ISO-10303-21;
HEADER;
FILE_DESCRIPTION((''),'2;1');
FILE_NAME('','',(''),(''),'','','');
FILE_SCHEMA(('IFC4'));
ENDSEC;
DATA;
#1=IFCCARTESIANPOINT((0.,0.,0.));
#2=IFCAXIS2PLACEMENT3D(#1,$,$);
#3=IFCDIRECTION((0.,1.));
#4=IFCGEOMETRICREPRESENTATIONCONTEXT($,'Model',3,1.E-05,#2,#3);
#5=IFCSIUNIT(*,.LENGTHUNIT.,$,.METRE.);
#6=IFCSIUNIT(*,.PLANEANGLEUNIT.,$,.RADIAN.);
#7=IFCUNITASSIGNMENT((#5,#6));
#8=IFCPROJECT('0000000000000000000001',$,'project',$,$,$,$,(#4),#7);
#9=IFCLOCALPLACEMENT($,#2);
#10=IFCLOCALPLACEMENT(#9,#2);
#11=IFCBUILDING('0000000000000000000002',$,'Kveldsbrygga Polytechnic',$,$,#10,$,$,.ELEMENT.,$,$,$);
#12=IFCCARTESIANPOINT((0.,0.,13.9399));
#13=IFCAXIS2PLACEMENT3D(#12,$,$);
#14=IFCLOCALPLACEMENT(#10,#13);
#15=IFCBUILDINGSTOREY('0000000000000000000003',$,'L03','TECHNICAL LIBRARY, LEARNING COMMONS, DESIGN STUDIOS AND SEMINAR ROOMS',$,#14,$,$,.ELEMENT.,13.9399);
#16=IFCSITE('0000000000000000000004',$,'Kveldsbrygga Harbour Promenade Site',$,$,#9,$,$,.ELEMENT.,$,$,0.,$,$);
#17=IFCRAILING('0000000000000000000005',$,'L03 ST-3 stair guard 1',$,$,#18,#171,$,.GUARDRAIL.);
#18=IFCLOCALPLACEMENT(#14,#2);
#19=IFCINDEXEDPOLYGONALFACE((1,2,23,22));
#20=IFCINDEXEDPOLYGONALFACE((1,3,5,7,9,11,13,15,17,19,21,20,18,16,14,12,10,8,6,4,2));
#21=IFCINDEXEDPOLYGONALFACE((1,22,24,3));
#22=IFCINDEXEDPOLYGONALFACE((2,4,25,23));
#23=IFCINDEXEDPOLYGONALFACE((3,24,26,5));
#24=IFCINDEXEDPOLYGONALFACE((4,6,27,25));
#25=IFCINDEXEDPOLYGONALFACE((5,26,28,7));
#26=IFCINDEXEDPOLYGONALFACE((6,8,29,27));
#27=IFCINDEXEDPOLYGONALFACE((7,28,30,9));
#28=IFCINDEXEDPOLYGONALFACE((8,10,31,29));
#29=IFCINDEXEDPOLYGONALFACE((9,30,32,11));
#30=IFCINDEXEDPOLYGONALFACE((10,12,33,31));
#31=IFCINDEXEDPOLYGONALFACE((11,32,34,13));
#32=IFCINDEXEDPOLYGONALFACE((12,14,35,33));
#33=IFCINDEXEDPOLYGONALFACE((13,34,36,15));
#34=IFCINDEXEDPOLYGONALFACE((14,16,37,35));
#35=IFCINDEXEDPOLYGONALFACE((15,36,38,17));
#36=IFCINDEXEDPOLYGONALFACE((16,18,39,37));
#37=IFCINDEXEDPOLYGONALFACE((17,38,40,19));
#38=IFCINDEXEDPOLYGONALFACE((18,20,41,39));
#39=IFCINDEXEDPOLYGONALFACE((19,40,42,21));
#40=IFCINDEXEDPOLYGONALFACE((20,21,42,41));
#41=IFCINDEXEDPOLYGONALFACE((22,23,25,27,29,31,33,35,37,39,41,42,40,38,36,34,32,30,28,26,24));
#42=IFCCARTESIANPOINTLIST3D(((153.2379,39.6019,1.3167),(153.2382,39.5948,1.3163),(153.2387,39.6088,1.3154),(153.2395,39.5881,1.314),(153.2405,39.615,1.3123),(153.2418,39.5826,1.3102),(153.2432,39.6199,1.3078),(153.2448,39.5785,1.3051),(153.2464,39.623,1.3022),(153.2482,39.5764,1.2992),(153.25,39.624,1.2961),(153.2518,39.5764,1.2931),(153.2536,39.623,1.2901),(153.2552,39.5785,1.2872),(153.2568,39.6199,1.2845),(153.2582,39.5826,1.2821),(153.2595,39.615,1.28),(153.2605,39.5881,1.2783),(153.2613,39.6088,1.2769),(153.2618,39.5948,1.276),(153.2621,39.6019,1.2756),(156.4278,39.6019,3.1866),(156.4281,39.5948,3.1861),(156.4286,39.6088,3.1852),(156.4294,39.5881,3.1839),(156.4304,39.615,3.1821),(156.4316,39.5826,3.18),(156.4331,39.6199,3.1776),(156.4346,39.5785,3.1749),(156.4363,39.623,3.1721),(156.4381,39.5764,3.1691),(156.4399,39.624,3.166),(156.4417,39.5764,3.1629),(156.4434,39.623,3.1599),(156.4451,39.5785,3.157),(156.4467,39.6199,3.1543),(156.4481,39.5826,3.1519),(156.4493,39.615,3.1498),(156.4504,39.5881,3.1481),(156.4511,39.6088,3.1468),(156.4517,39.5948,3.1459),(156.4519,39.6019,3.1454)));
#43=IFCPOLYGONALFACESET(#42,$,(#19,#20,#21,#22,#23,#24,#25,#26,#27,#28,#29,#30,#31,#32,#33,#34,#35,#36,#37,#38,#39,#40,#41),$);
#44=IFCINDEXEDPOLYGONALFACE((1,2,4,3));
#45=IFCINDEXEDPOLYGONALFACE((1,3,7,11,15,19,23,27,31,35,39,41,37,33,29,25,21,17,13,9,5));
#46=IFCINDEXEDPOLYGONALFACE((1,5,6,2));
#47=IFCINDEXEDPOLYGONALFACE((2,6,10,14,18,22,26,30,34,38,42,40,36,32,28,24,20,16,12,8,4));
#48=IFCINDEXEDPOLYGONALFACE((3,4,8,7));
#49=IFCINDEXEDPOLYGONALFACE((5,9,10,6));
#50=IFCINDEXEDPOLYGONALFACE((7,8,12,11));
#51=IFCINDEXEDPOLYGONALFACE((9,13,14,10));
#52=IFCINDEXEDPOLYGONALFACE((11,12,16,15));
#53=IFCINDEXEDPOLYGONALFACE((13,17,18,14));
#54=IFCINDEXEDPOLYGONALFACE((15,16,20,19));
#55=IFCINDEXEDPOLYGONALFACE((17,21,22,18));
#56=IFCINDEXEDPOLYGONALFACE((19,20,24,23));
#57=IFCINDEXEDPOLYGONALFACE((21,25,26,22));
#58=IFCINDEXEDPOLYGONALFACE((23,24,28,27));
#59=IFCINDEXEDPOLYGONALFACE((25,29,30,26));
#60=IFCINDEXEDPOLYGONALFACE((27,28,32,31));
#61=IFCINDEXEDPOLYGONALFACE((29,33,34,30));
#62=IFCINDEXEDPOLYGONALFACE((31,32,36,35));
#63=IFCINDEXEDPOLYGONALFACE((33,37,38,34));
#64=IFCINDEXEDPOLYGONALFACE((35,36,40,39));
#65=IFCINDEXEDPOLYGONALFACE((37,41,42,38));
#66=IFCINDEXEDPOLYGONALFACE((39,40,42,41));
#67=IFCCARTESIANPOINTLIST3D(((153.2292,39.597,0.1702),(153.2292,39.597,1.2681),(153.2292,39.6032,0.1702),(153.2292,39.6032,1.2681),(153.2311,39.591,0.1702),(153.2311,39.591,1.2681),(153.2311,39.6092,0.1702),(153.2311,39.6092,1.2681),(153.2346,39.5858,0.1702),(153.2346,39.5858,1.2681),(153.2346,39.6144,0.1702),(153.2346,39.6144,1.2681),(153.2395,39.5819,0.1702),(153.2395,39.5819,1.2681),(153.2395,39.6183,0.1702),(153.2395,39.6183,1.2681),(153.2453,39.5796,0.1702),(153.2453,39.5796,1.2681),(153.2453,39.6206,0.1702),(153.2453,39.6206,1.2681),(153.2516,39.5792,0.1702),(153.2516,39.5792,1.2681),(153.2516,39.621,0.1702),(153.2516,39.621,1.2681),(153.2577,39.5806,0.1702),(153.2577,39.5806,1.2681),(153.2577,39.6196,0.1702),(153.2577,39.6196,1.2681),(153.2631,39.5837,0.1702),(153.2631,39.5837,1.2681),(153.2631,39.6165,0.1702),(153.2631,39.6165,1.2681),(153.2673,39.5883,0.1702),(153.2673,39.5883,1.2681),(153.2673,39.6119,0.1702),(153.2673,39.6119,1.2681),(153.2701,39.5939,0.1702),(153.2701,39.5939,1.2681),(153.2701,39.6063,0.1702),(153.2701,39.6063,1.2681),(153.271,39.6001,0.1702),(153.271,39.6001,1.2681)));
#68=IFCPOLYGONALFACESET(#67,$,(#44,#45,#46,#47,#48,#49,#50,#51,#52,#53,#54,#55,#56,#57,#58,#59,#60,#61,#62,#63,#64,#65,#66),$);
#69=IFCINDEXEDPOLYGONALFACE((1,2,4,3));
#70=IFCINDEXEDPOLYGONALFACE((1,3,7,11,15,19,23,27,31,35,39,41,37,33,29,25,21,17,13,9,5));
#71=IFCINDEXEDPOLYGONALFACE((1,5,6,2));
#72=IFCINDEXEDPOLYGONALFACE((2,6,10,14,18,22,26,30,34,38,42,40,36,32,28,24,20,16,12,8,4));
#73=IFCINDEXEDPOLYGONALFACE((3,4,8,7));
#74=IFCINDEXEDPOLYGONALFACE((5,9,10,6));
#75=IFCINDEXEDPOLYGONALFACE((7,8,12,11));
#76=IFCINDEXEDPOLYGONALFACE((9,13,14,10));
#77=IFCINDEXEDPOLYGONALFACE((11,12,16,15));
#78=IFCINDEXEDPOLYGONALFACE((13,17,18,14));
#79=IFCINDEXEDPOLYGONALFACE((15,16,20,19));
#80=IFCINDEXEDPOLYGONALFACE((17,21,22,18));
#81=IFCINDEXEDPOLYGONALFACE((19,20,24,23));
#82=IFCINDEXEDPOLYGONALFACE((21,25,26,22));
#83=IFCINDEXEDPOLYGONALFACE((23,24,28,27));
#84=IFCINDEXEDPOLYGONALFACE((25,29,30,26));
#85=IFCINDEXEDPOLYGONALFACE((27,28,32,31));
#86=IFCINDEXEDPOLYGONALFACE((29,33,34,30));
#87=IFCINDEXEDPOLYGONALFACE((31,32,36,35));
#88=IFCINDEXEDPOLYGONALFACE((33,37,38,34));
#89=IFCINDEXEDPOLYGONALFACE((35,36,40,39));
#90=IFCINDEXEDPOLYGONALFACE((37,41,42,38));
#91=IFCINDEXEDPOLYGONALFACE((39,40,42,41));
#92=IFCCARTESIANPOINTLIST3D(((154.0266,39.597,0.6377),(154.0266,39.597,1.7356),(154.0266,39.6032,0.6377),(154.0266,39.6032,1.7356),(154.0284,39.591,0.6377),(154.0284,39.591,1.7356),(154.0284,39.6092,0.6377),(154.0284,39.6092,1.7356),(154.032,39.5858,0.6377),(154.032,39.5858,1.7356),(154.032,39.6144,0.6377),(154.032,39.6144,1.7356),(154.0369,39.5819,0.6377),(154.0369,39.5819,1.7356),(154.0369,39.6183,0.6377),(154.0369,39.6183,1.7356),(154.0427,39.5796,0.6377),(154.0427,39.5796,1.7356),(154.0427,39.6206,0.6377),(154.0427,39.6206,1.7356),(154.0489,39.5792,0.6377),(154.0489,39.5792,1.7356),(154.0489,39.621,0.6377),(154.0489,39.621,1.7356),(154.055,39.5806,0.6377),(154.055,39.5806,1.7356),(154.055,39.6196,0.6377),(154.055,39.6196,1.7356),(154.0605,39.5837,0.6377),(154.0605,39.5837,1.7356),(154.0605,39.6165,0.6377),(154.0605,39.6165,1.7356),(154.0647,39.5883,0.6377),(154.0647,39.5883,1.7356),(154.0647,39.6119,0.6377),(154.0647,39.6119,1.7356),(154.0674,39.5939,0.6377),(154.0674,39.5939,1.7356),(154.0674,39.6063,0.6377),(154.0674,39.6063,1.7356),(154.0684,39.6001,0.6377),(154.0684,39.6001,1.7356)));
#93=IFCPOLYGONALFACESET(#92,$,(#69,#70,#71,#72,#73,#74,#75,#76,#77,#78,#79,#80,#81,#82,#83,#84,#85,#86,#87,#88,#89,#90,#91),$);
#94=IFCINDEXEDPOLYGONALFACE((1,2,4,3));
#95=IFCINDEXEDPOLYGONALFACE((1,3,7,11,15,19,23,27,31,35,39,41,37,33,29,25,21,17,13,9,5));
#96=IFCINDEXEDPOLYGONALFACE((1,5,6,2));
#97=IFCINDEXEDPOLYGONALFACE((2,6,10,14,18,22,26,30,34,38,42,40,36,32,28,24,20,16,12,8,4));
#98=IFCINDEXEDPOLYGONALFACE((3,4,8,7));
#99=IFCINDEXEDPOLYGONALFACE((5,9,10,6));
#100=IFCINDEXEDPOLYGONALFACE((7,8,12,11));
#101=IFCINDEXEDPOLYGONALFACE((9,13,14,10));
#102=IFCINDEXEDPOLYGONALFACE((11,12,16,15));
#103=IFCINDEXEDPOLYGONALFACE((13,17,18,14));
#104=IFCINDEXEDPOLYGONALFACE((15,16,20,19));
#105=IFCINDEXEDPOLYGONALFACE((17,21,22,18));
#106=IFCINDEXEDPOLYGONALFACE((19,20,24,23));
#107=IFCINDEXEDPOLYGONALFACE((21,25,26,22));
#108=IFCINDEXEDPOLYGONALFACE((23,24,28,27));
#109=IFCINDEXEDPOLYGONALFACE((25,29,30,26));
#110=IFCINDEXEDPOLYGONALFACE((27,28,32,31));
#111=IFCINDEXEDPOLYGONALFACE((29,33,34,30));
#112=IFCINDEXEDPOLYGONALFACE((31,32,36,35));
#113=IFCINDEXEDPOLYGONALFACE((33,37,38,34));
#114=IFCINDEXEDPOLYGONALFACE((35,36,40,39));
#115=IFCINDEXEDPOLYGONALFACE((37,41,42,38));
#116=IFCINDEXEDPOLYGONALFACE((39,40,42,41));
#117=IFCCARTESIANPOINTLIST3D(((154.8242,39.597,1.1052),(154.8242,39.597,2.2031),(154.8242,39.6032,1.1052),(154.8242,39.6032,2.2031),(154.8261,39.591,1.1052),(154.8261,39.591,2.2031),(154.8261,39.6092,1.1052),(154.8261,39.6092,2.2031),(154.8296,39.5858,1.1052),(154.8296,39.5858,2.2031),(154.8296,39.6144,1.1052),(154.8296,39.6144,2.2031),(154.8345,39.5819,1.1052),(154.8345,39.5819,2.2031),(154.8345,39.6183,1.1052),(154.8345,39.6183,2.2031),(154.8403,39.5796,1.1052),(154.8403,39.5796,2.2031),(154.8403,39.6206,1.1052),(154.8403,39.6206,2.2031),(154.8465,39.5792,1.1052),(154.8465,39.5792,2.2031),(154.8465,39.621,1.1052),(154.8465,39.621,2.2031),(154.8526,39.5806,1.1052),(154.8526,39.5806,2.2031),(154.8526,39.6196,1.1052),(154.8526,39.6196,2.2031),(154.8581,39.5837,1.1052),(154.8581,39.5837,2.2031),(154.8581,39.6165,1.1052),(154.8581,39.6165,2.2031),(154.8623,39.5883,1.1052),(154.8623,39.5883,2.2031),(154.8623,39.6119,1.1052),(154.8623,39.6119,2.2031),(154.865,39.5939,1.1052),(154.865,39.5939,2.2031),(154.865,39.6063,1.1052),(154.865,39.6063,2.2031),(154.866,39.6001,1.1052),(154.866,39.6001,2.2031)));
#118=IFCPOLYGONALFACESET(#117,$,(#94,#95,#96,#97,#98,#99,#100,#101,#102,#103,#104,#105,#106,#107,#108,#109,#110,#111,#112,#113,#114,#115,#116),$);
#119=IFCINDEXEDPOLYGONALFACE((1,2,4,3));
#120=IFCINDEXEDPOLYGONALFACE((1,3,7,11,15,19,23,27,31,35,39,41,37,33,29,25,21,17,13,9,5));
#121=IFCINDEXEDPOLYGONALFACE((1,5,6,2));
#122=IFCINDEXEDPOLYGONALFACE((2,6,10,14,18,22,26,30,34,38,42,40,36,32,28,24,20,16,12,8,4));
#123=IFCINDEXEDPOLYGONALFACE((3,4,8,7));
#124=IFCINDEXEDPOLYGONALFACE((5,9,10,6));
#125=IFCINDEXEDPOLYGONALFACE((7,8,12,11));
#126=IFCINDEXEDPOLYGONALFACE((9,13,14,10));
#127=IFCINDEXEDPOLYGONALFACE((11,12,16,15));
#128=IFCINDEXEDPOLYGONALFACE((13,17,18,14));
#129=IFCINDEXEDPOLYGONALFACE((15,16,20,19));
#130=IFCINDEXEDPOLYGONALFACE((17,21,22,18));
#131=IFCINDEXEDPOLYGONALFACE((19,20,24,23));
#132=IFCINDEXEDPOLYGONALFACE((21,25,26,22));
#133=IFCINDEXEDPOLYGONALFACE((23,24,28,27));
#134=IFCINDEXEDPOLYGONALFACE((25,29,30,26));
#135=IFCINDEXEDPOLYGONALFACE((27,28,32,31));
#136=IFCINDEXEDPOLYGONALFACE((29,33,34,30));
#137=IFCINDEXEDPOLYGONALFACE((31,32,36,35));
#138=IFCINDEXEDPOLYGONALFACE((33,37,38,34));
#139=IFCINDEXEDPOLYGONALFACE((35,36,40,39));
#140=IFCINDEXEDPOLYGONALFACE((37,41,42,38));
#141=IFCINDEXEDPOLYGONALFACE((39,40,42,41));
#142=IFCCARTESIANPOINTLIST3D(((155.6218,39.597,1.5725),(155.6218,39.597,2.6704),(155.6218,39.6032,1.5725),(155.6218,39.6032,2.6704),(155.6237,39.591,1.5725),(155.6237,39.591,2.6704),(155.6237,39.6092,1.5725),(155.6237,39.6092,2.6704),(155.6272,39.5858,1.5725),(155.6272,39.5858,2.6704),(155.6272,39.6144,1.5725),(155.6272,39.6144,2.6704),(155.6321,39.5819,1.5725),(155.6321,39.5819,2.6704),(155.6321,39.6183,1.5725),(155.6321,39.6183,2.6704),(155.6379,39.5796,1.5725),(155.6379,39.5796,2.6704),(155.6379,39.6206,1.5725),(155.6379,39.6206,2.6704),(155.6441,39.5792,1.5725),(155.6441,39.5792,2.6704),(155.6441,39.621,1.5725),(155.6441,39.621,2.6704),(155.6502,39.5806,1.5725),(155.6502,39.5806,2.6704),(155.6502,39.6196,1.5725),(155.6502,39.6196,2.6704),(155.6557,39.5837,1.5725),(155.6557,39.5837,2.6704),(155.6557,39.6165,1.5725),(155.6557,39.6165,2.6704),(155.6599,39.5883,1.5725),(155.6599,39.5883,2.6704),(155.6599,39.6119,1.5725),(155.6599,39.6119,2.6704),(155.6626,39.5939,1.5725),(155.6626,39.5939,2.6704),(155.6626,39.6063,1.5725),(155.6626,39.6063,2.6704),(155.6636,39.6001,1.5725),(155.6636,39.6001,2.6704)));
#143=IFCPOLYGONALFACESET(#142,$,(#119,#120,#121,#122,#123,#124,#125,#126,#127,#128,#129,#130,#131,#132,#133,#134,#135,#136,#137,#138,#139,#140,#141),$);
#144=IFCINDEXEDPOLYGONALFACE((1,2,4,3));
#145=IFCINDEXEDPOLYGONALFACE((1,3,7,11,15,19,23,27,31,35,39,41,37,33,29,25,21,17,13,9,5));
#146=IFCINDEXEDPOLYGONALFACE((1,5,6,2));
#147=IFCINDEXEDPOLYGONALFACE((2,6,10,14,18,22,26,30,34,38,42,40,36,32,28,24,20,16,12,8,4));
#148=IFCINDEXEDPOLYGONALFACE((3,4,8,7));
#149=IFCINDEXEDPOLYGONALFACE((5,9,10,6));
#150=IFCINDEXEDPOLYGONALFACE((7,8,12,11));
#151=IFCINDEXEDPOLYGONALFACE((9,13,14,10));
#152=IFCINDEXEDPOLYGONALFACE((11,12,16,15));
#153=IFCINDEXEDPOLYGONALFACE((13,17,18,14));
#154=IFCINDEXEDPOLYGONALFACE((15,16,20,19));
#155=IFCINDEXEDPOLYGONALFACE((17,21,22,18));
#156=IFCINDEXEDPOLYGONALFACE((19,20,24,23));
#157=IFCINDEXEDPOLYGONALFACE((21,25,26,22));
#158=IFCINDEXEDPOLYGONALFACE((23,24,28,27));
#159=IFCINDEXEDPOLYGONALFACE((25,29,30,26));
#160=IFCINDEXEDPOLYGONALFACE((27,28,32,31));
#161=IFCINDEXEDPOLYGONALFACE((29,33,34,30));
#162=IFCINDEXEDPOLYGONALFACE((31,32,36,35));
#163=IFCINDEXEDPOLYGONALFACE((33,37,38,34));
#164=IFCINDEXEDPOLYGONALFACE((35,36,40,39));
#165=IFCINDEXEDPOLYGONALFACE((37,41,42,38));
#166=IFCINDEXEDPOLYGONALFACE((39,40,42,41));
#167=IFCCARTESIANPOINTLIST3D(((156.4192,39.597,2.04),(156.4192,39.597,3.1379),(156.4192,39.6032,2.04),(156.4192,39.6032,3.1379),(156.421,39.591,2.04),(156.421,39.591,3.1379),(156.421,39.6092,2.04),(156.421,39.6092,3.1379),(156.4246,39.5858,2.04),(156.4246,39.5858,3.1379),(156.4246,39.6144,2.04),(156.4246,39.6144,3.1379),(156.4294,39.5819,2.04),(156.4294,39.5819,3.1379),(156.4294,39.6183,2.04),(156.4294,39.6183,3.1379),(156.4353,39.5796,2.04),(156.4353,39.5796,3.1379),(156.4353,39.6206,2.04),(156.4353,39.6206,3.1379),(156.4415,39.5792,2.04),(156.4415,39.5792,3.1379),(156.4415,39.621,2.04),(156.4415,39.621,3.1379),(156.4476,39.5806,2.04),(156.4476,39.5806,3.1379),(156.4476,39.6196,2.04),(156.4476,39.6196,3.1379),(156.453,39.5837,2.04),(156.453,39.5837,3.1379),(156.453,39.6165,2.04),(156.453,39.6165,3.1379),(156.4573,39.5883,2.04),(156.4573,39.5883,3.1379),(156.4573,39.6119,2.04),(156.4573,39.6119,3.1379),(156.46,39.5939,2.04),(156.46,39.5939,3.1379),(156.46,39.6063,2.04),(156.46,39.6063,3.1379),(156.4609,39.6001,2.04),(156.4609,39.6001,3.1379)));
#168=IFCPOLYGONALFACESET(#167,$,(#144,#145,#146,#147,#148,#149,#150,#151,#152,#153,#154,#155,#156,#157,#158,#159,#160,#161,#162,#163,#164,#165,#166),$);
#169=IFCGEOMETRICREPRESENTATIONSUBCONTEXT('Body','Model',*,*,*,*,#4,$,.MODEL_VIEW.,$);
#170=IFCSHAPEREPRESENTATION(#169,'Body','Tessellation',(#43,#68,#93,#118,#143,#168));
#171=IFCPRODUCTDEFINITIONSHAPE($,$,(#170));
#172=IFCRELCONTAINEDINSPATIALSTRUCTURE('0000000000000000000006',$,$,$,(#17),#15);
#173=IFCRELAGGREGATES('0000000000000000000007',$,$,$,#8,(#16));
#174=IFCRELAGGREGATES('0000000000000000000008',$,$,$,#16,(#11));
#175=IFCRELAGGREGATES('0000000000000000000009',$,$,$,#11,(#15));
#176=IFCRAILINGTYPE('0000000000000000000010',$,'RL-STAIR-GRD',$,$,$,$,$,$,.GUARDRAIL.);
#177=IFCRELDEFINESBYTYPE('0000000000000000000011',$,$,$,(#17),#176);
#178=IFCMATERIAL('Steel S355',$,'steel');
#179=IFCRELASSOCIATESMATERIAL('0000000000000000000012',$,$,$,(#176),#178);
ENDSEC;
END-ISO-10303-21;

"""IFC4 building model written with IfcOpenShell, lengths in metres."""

from ifc_helpers import new_model, si_unit, direction, frame, origin, origin_2d, place, context, subcontext, project, spatial, circle, extrude, material, type_object, element, save


model = new_model("IFC4")

# Units and contexts
model_context = context("Model", 3, precision=1e-05, world=origin(), true_north=direction((0.0, 1.0)))
body_context = subcontext(model_context, "Body", "Model", "MODEL_VIEW")
ifc_project = project(units=[si_unit("LENGTHUNIT", "METRE"), si_unit("PLANEANGLEUNIT", "RADIAN")], contexts=[model_context])

# Site, building, storey
site_placement = place(None, origin())
site = spatial("IfcSite", under=ifc_project, at=site_placement, Name="Kveldsbrygga Harbour Promenade Site", CompositionType="ELEMENT", RefElevation=0.0)
building_placement = place(site_placement, origin())
building = spatial("IfcBuilding", under=site, at=building_placement, Name="Kveldsbrygga Polytechnic", CompositionType="ELEMENT")
storey_placement = place(building_placement, frame((0.0, 0.0, 13.9399)))
storey = spatial("IfcBuildingStorey", under=building, at=storey_placement, Name="L03", Description="TECHNICAL LIBRARY, LEARNING COMMONS, DESIGN STUDIOS AND SEMINAR ROOMS", CompositionType="ELEMENT", Elevation=13.9399)

# Railing
ifc_material_1 = material(Name="Steel S355", Category="steel")
railing_type_1 = type_object("IfcRailingType", Name="RL-STAIR-GRD", PredefinedType="GUARDRAIL", material=ifc_material_1)
railing_1_placement = place(storey_placement, frame((153.25, 39.6001, 0.1702)))
element("IfcRailing", 1, at=railing_1_placement, inside=storey, type_object=railing_type_1, Name="L03 ST-3 stair guard 1", PredefinedType="GUARDRAIL", context=body_context, shape_type="SweptSolid", body=[
    extrude(circle(Radius=0.0239, at=origin_2d()), frame((0.0, 0.0, 1.126), z_axis=(0.862709, 0.0, 0.505701), x_axis=(0.0, 1.0, 0.0)), (0.0, 0.0, 1.0), 3.6975),
    extrude(circle(Radius=0.021, at=origin_2d()), origin(), (0.0, 0.0, 1.0), 1.0979),
    extrude(circle(Radius=0.021, at=origin_2d()), frame((0.7974, 0.0, 0.4675)), (0.0, 0.0, 1.0), 1.0979),
    extrude(circle(Radius=0.021, at=origin_2d()), frame((1.595, 0.0, 0.9351)), (0.0, 0.0, 1.0), 1.0979),
    extrude(circle(Radius=0.021, at=origin_2d()), frame((2.3926, 0.0, 1.4023)), (0.0, 0.0, 1.0), 1.0979),
    extrude(circle(Radius=0.021, at=origin_2d()), frame((3.1899, 0.0, 1.8699)), (0.0, 0.0, 1.0), 1.0979),
])

save(model, "model.ifc")
